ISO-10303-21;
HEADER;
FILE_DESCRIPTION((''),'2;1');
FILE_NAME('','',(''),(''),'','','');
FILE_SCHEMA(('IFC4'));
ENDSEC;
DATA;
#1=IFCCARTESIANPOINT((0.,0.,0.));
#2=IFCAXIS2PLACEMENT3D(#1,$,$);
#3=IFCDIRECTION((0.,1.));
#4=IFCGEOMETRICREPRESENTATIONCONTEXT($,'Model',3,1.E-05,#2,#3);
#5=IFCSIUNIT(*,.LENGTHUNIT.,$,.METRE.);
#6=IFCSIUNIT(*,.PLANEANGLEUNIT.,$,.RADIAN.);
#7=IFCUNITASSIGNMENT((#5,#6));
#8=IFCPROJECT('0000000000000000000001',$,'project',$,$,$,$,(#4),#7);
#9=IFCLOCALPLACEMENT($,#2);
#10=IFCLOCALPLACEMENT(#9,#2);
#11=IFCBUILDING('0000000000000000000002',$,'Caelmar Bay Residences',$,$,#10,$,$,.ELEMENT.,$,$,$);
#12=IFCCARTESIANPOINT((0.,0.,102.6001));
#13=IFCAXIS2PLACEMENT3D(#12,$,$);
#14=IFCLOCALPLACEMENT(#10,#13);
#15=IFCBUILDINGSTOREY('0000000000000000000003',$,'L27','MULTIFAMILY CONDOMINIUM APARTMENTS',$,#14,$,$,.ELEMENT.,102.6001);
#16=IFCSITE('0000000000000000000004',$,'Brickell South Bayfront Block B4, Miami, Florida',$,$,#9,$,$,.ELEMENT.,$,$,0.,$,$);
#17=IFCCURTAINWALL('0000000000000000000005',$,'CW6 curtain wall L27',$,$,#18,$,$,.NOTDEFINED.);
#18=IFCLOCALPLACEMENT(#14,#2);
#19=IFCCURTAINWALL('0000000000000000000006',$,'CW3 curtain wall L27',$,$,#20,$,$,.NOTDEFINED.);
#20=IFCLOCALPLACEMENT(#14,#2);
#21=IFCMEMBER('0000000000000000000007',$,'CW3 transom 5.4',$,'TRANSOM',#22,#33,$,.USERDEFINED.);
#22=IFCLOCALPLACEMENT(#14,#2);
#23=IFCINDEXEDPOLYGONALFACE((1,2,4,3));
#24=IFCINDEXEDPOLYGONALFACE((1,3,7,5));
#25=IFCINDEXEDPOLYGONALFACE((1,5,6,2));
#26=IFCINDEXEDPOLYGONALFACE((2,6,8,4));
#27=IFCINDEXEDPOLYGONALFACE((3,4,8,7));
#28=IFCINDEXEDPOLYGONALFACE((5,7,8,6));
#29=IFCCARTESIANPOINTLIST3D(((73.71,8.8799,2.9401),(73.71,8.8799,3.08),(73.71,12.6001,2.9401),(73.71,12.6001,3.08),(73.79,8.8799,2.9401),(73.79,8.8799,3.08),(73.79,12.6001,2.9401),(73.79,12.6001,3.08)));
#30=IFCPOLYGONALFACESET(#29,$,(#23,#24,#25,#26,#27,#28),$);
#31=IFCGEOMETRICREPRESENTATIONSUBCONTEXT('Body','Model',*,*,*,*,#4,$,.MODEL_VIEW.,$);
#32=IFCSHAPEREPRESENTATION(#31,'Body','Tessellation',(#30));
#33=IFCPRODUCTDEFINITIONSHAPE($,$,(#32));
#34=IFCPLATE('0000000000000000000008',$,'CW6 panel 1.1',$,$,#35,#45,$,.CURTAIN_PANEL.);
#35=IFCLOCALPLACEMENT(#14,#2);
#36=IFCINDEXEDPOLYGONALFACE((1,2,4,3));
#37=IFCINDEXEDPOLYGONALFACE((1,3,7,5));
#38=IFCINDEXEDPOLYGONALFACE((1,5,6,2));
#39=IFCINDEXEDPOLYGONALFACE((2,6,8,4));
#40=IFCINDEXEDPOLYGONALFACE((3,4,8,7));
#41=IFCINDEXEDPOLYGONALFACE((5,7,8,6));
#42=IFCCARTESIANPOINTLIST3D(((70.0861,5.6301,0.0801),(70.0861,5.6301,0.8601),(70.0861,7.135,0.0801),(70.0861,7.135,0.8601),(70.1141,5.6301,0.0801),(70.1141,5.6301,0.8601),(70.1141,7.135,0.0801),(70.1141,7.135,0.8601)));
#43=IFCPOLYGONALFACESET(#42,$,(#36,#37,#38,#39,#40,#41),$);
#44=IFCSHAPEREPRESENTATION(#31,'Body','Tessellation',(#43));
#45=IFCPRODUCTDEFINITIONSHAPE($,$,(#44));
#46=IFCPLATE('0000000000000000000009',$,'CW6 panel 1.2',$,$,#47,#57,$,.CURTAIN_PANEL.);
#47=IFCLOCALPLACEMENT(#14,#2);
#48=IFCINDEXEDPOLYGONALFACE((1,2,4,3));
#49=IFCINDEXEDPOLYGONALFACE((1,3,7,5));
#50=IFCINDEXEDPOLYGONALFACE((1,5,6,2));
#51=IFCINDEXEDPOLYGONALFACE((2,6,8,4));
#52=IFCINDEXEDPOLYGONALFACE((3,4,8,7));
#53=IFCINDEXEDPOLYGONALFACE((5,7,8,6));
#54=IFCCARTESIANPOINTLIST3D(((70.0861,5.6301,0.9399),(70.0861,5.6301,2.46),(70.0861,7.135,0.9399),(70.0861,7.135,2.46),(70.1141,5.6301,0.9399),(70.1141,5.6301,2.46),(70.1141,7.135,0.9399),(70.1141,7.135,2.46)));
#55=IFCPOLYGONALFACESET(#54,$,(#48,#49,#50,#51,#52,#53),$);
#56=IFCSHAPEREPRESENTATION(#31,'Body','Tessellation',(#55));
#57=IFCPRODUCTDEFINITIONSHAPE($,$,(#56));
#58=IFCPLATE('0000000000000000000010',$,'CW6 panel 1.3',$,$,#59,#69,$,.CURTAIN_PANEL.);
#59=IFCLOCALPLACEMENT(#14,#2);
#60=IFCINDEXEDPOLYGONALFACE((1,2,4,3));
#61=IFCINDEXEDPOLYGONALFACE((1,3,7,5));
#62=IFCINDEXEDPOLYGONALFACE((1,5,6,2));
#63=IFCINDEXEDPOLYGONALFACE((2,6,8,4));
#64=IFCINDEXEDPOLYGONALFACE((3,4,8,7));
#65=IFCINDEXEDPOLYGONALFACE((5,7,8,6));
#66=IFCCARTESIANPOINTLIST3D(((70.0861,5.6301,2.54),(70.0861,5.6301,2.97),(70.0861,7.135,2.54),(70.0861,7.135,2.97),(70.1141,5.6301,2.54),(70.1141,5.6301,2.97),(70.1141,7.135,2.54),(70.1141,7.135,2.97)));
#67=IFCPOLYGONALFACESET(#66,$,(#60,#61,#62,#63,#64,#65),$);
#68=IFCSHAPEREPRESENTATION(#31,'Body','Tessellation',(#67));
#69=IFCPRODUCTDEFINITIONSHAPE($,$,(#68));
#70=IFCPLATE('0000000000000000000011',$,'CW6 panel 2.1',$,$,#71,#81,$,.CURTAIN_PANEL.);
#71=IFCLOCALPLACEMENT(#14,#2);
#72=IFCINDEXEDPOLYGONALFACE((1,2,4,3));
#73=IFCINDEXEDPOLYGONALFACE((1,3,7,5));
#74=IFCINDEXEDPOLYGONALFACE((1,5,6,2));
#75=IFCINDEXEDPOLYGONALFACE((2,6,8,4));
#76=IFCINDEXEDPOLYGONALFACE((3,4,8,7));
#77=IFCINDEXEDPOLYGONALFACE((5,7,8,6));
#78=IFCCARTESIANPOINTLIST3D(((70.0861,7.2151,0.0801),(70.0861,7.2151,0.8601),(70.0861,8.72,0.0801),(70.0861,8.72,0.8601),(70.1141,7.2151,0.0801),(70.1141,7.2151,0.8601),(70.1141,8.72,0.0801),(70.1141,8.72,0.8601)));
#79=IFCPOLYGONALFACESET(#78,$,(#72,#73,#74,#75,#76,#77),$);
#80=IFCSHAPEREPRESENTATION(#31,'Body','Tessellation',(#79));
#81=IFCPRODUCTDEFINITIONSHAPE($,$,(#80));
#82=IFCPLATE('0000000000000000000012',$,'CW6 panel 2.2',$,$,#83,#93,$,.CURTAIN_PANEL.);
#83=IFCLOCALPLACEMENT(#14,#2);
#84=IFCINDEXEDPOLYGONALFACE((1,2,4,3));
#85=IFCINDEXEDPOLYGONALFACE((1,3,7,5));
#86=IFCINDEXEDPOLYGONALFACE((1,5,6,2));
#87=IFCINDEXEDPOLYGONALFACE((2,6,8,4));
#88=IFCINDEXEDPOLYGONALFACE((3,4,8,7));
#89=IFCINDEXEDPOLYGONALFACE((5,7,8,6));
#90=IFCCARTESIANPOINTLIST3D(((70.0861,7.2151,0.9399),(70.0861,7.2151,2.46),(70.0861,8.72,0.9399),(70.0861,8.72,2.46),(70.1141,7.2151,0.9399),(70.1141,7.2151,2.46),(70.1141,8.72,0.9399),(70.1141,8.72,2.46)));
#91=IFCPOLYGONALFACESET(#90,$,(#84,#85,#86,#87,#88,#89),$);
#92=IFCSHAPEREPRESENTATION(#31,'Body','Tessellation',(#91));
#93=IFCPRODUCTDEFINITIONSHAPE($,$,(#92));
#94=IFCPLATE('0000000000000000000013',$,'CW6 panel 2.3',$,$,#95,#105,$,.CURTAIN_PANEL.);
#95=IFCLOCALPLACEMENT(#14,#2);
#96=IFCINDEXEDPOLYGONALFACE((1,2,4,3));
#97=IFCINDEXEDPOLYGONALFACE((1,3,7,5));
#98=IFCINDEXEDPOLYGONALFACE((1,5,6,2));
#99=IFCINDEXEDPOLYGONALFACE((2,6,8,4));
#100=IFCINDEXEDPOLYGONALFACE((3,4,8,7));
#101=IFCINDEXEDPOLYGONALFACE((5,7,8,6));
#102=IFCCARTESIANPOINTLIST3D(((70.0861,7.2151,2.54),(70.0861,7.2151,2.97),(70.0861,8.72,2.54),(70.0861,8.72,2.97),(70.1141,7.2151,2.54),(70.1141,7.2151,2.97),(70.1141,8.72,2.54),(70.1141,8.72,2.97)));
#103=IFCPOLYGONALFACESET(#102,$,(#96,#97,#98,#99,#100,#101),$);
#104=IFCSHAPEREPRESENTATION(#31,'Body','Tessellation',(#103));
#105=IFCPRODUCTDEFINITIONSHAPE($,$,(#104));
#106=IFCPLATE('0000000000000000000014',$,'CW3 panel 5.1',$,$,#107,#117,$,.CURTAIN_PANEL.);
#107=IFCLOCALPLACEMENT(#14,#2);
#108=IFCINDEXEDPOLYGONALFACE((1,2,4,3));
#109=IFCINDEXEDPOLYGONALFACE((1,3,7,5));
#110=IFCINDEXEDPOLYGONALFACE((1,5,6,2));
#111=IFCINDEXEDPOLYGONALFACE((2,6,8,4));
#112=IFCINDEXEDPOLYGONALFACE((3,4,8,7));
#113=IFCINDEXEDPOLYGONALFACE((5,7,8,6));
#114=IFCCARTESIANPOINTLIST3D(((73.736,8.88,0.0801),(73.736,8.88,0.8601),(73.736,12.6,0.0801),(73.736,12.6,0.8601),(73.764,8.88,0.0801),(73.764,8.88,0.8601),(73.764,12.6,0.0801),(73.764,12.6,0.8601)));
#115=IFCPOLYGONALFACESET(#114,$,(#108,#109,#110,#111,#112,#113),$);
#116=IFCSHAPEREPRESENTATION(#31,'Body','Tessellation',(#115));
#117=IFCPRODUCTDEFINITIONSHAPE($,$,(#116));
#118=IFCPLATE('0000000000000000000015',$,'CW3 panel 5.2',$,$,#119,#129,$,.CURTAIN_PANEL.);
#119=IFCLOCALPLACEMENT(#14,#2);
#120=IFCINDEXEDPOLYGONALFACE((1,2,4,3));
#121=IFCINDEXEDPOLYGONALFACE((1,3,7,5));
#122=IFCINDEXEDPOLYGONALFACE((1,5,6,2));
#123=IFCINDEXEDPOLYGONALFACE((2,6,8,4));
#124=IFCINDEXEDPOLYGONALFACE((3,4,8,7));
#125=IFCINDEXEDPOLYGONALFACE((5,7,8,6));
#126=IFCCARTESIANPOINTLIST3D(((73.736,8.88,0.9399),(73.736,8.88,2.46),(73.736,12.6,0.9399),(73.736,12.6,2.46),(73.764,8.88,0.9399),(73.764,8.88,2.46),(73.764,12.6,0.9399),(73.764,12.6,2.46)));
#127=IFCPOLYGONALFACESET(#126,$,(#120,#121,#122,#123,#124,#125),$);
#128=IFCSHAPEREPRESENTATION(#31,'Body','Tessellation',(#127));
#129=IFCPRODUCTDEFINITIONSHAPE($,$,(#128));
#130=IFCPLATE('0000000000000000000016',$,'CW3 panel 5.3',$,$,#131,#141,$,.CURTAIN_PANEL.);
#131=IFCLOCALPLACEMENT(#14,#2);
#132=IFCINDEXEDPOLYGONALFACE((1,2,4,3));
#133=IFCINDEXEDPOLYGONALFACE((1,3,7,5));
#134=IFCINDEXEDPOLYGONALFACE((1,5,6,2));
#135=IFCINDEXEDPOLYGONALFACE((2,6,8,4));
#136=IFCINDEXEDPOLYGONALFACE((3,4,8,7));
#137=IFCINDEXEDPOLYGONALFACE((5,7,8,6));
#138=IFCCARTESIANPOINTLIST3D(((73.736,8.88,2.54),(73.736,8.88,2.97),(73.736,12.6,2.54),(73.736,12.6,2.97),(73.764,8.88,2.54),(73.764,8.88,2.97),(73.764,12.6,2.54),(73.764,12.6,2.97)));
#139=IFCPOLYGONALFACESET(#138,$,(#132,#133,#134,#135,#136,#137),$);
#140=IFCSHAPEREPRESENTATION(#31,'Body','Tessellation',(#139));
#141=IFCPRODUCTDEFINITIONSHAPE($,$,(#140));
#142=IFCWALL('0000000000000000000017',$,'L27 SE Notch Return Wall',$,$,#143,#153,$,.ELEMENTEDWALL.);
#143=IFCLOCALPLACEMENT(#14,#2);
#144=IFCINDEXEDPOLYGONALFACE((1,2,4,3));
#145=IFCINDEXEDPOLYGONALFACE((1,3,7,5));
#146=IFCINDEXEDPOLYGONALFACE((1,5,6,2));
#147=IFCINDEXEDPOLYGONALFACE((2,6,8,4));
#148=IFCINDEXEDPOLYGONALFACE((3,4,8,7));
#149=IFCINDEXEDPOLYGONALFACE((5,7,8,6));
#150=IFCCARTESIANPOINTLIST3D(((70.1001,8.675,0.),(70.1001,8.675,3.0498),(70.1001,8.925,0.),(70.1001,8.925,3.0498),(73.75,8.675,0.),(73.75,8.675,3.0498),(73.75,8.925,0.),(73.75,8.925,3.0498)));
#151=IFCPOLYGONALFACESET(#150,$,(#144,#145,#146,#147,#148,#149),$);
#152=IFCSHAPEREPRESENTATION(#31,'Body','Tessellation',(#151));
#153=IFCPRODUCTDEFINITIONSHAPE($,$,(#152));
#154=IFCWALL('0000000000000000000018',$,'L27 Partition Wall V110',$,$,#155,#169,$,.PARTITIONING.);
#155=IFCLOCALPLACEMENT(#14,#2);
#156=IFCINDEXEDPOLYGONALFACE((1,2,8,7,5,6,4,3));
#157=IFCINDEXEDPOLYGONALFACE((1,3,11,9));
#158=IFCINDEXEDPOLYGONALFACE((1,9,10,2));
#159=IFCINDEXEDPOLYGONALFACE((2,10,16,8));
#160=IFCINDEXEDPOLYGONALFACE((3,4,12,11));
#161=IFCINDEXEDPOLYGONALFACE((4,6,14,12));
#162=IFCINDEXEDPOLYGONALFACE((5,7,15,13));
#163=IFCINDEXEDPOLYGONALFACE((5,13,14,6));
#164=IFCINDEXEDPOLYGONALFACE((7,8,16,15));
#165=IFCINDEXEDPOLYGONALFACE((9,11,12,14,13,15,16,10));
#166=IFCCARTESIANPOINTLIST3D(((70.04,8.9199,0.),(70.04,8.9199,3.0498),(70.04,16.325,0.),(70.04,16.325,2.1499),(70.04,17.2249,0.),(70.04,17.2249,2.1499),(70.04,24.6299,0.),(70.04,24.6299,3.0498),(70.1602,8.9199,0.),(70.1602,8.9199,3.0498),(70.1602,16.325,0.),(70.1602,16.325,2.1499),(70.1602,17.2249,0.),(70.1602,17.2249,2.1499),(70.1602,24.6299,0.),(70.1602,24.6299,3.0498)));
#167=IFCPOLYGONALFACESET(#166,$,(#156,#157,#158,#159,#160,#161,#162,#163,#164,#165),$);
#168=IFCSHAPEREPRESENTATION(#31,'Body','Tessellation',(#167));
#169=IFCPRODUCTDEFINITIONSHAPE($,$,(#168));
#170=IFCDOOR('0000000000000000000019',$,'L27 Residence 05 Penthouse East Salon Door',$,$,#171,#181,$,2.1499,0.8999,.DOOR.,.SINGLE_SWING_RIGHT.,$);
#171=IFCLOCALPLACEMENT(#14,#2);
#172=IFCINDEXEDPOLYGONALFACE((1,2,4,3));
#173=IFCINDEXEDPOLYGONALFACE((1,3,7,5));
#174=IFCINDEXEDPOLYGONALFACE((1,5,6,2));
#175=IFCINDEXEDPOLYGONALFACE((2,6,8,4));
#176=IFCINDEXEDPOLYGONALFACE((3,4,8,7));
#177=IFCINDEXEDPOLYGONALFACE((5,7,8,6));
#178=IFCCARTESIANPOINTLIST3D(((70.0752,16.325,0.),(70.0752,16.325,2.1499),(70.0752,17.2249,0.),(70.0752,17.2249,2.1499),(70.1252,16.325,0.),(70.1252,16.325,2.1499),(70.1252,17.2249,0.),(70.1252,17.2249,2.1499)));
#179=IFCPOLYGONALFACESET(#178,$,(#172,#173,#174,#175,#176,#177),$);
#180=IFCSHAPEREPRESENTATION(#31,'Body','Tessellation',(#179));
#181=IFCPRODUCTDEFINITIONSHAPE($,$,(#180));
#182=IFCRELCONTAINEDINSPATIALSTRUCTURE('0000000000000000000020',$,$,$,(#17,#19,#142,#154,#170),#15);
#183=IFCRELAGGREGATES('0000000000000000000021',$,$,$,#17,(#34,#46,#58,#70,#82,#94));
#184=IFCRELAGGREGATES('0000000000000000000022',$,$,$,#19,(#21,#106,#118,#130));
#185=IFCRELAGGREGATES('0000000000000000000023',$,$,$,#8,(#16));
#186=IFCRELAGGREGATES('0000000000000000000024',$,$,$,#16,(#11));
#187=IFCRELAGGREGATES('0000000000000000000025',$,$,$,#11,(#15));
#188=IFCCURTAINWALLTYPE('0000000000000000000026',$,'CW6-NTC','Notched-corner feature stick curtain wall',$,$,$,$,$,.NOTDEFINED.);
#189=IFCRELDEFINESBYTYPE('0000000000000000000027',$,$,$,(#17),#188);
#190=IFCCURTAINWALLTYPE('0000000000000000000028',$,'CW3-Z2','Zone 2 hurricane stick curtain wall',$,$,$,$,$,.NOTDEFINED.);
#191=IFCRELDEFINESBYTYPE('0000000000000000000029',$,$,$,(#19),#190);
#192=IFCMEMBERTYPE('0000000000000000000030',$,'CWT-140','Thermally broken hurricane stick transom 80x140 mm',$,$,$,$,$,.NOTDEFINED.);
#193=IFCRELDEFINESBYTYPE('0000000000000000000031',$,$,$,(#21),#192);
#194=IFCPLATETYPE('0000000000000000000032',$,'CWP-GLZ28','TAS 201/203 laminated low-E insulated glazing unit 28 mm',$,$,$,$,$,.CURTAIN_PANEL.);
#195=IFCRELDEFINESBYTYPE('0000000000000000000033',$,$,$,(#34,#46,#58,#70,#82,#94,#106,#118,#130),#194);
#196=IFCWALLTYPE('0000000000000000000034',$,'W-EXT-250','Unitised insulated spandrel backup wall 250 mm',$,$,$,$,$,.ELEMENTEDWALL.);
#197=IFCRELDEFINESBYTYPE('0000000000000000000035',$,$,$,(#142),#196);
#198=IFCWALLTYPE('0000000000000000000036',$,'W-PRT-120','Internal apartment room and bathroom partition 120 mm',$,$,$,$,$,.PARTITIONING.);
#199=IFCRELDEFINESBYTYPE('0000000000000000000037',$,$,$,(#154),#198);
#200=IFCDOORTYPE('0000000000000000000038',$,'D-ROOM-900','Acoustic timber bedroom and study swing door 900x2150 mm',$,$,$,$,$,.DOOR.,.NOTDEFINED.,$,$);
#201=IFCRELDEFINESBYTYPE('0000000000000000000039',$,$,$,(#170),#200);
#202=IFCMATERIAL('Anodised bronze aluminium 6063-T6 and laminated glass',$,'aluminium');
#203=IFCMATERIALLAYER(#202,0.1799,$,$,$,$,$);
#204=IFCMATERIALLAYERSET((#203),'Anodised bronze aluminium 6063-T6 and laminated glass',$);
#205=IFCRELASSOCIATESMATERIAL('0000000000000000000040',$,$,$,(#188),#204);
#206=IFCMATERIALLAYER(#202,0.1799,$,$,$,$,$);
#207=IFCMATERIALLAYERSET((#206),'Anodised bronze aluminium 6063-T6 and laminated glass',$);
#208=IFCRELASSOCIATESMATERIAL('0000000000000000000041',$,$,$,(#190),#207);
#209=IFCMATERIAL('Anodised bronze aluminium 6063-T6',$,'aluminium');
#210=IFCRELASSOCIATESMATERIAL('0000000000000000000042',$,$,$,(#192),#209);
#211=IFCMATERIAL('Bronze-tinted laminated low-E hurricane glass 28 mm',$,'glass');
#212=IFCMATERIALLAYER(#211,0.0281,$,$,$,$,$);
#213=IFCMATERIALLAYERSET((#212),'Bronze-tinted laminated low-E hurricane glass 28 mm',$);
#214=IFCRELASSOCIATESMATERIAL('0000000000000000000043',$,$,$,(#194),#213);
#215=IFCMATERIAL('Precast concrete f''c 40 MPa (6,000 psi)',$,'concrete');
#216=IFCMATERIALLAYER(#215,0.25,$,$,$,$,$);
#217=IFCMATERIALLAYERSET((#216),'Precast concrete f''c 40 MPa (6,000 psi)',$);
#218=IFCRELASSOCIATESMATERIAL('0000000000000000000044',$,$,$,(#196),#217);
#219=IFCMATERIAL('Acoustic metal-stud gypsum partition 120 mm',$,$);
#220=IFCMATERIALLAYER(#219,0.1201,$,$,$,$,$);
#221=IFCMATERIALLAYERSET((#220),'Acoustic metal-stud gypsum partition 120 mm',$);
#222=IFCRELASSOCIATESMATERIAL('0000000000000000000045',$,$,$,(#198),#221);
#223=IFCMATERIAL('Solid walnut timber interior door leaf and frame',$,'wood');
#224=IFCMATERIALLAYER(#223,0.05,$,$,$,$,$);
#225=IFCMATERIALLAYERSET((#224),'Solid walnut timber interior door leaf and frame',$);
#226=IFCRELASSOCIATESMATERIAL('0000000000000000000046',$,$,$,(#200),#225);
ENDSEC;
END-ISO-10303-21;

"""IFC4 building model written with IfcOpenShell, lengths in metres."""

from ifc_helpers import new_model, si_unit, direction, frame, frame_2d, origin, origin_2d, place, context, subcontext, project, spatial, rectangle, extrude, material, layer, layer_set, material_profile, profile_set, type_object, element, fill, aggregate, save


model = new_model("IFC4")

# Units and contexts
model_context = context("Model", 3, precision=1e-05, world=origin(), true_north=direction((0.0, 1.0)))
body_context = subcontext(model_context, "Body", "Model", "MODEL_VIEW")
ifc_project = project(units=[si_unit("LENGTHUNIT", "METRE"), si_unit("PLANEANGLEUNIT", "RADIAN")], contexts=[model_context])

# Site, building, storey
site_placement = place(None, origin())
site = spatial("IfcSite", under=ifc_project, at=site_placement, Name="Brickell South Bayfront Block B4, Miami, Florida", CompositionType="ELEMENT", RefElevation=0.0)
building_placement = place(site_placement, origin())
building = spatial("IfcBuilding", under=site, at=building_placement, Name="Caelmar Bay Residences", CompositionType="ELEMENT")
storey_placement = place(building_placement, frame((0.0, 0.0, 102.6001)))
storey = spatial("IfcBuildingStorey", under=building, at=storey_placement, Name="L27", Description="MULTIFAMILY CONDOMINIUM APARTMENTS", CompositionType="ELEMENT", Elevation=102.6001)

# Curtain wall
ifc_material_1 = material(Name="Anodised bronze aluminium 6063-T6 and laminated glass", Category="aluminium")
ifc_layer_1 = layer(ifc_material_1, 0.1799)
ifc_layer_set_1 = layer_set([ifc_layer_1], Name="Anodised bronze aluminium 6063-T6 and laminated glass")
curtain_wall_type_1 = type_object("IfcCurtainWallType", Name="CW6-NTC", Description="Notched-corner feature stick curtain wall", PredefinedType="NOTDEFINED", material=ifc_layer_set_1)
curtain_wall_1_placement = place(storey_placement, origin())
curtain_wall_1 = element("IfcCurtainWall", 1, at=curtain_wall_1_placement, inside=storey, type_object=curtain_wall_type_1, Name="CW6 curtain wall L27", PredefinedType="NOTDEFINED")
ifc_material_2 = material(Name="Anodised bronze aluminium 6063-T6", Category="aluminium")

# Curtain wall
ifc_layer_2 = layer(ifc_material_1, 0.1799)
ifc_layer_set_2 = layer_set([ifc_layer_2], Name="Anodised bronze aluminium 6063-T6 and laminated glass")
curtain_wall_type_2 = type_object("IfcCurtainWallType", Name="CW3-Z2", Description="Zone 2 hurricane stick curtain wall", PredefinedType="NOTDEFINED", material=ifc_layer_set_2)
curtain_wall_2_placement = place(storey_placement, origin())
curtain_wall_2 = element("IfcCurtainWall", 2, at=curtain_wall_2_placement, inside=storey, type_object=curtain_wall_type_2, Name="CW3 curtain wall L27", PredefinedType="NOTDEFINED")

# Member
ifc_material_profile_1 = material_profile(ifc_material_2, rectangle(XDim=0.0801, YDim=0.1399, at=origin_2d()), Name="CWT-80X140")
ifc_profile_set_1 = profile_set([ifc_material_profile_1], Name="Anodised bronze aluminium 6063-T6")
member_type_1 = type_object("IfcMemberType", Name="CWT-140", Description="Thermally broken hurricane stick transom 80x140 mm", PredefinedType="NOTDEFINED", material=ifc_profile_set_1)
member_1_placement = place(storey_placement, frame((73.75, 12.6001, 3.01), z_axis=(0.0, -1.0, 0.0), x_axis=(1.0, 0.0, 0.0)))
member_1 = element("IfcMember", 3, at=member_1_placement, type_object=member_type_1, Name="CW3 transom 5.4", ObjectType="TRANSOM", PredefinedType="USERDEFINED", context=body_context, shape_type="SweptSolid", body=[
    extrude(rectangle(XDim=0.0801, YDim=0.1399, at=origin_2d()), origin(), (0.0, 0.0, 1.0), 3.7202),
])

# Plates
ifc_material_3 = material(Name="Bronze-tinted laminated low-E hurricane glass 28 mm", Category="glass")
ifc_layer_3 = layer(ifc_material_3, 0.0281)
ifc_layer_set_3 = layer_set([ifc_layer_3], Name="Bronze-tinted laminated low-E hurricane glass 28 mm")
plate_type = type_object("IfcPlateType", Name="CWP-GLZ28", Description="TAS 201/203 laminated low-E insulated glazing unit 28 mm", PredefinedType="CURTAIN_PANEL", material=ifc_layer_set_3)
plate_1_placement = place(storey_placement, frame((70.1001, 6.3826, 0.0801), z_axis=(0.0, 0.0, 1.0), x_axis=(0.0, 1.0, 0.0)))
plate_1 = element("IfcPlate", 4, at=plate_1_placement, type_object=plate_type, Name="CW6 panel 1.1", PredefinedType="CURTAIN_PANEL", context=body_context, shape_type="SweptSolid", body=[
    extrude(rectangle(XDim=1.5049, YDim=0.0281, at=origin_2d()), origin(), (0.0, 0.0, 1.0), 0.78),
])
plate_2_placement = place(storey_placement, frame((70.1001, 6.3826, 0.9399), z_axis=(0.0, 0.0, 1.0), x_axis=(0.0, 1.0, 0.0)))
plate_2 = element("IfcPlate", 5, at=plate_2_placement, type_object=plate_type, Name="CW6 panel 1.2", PredefinedType="CURTAIN_PANEL", context=body_context, shape_type="SweptSolid", body=[
    extrude(rectangle(XDim=1.5049, YDim=0.0281, at=origin_2d()), origin(), (0.0, 0.0, 1.0), 1.52),
])
plate_3_placement = place(storey_placement, frame((70.1001, 6.3826, 2.54), z_axis=(0.0, 0.0, 1.0), x_axis=(0.0, 1.0, 0.0)))
plate_3 = element("IfcPlate", 6, at=plate_3_placement, type_object=plate_type, Name="CW6 panel 1.3", PredefinedType="CURTAIN_PANEL", context=body_context, shape_type="SweptSolid", body=[
    extrude(rectangle(XDim=1.5049, YDim=0.0281, at=origin_2d()), origin(), (0.0, 0.0, 1.0), 0.4299),
])
plate_4_placement = place(storey_placement, frame((70.1001, 7.9675, 0.0801), z_axis=(0.0, 0.0, 1.0), x_axis=(0.0, 1.0, 0.0)))
plate_4 = element("IfcPlate", 7, at=plate_4_placement, type_object=plate_type, Name="CW6 panel 2.1", PredefinedType="CURTAIN_PANEL", context=body_context, shape_type="SweptSolid", body=[
    extrude(rectangle(XDim=1.5049, YDim=0.0281, at=origin_2d()), origin(), (0.0, 0.0, 1.0), 0.78),
])
plate_5_placement = place(storey_placement, frame((70.1001, 7.9675, 0.9399), z_axis=(0.0, 0.0, 1.0), x_axis=(0.0, 1.0, 0.0)))
plate_5 = element("IfcPlate", 8, at=plate_5_placement, type_object=plate_type, Name="CW6 panel 2.2", PredefinedType="CURTAIN_PANEL", context=body_context, shape_type="SweptSolid", body=[
    extrude(rectangle(XDim=1.5049, YDim=0.0281, at=origin_2d()), origin(), (0.0, 0.0, 1.0), 1.52),
])
plate_6_placement = place(storey_placement, frame((70.1001, 7.9675, 2.54), z_axis=(0.0, 0.0, 1.0), x_axis=(0.0, 1.0, 0.0)))
plate_6 = element("IfcPlate", 9, at=plate_6_placement, type_object=plate_type, Name="CW6 panel 2.3", PredefinedType="CURTAIN_PANEL", context=body_context, shape_type="SweptSolid", body=[
    extrude(rectangle(XDim=1.5049, YDim=0.0281, at=origin_2d()), origin(), (0.0, 0.0, 1.0), 0.4299),
])
aggregate(curtain_wall_1, [plate_1, plate_2, plate_3, plate_4, plate_5, plate_6])
plate_7_placement = place(storey_placement, frame((73.75, 10.74, 0.0801), z_axis=(0.0, 0.0, 1.0), x_axis=(0.0, -1.0, 0.0)))
plate_7 = element("IfcPlate", 10, at=plate_7_placement, type_object=plate_type, Name="CW3 panel 5.1", PredefinedType="CURTAIN_PANEL", context=body_context, shape_type="SweptSolid", body=[
    extrude(rectangle(XDim=3.72, YDim=0.0281, at=origin_2d()), origin(), (0.0, 0.0, 1.0), 0.78),
])
plate_8_placement = place(storey_placement, frame((73.75, 10.74, 0.9399), z_axis=(0.0, 0.0, 1.0), x_axis=(0.0, -1.0, 0.0)))
plate_8 = element("IfcPlate", 11, at=plate_8_placement, type_object=plate_type, Name="CW3 panel 5.2", PredefinedType="CURTAIN_PANEL", context=body_context, shape_type="SweptSolid", body=[
    extrude(rectangle(XDim=3.72, YDim=0.0281, at=origin_2d()), origin(), (0.0, 0.0, 1.0), 1.52),
])
plate_9_placement = place(storey_placement, frame((73.75, 10.74, 2.54), z_axis=(0.0, 0.0, 1.0), x_axis=(0.0, -1.0, 0.0)))
plate_9 = element("IfcPlate", 12, at=plate_9_placement, type_object=plate_type, Name="CW3 panel 5.3", PredefinedType="CURTAIN_PANEL", context=body_context, shape_type="SweptSolid", body=[
    extrude(rectangle(XDim=3.72, YDim=0.0281, at=origin_2d()), origin(), (0.0, 0.0, 1.0), 0.4299),
])
aggregate(curtain_wall_2, [member_1, plate_7, plate_8, plate_9])

# Wall
ifc_material_4 = material(Name="Precast concrete f'c 40 MPa (6,000 psi)", Category="concrete")
ifc_layer_4 = layer(ifc_material_4, 0.25)
ifc_layer_set_4 = layer_set([ifc_layer_4], Name="Precast concrete f'c 40 MPa (6,000 psi)")
wall_type_1 = type_object("IfcWallType", Name="W-EXT-250", Description="Unitised insulated spandrel backup wall 250 mm", PredefinedType="ELEMENTEDWALL", material=ifc_layer_set_4)
wall_1_placement = place(storey_placement, frame((70.1001, 8.8, 0.0), z_axis=(0.0, 0.0, 1.0), x_axis=(1.0, 0.0, 0.0)))
element("IfcWall", 13, at=wall_1_placement, inside=storey, type_object=wall_type_1, Name="L27 SE Notch Return Wall", PredefinedType="ELEMENTEDWALL", context=body_context, shape_type="SweptSolid", body=[
    extrude(rectangle(XDim=3.6499, YDim=0.25, at=frame_2d((1.825, 0.0))), origin(), (0.0, 0.0, 1.0), 3.0498),
])

# Wall, opening, door
ifc_material_5 = material(Name="Acoustic metal-stud gypsum partition 120 mm")
ifc_layer_5 = layer(ifc_material_5, 0.1201)
ifc_layer_set_5 = layer_set([ifc_layer_5], Name="Acoustic metal-stud gypsum partition 120 mm")
wall_type_2 = type_object("IfcWallType", Name="W-PRT-120", Description="Internal apartment room and bathroom partition 120 mm", PredefinedType="PARTITIONING", material=ifc_layer_set_5)
wall_2_placement = place(storey_placement, frame((70.1001, 8.9199, 0.0), z_axis=(0.0, 0.0, 1.0), x_axis=(0.0, 1.0, 0.0)))
wall_2 = element("IfcWall", 14, at=wall_2_placement, inside=storey, type_object=wall_type_2, Name="L27 Partition Wall V110", PredefinedType="PARTITIONING", context=body_context, shape_type="SweptSolid", body=[
    extrude(rectangle(XDim=15.71, YDim=0.1201, at=frame_2d((7.855, 0.0))), origin(), (0.0, 0.0, 1.0), 3.0498),
])
opening_placement = place(wall_2_placement, frame((7.405, 0.0, 0.0)))
opening = element("IfcOpeningElement", 15, at=opening_placement, cuts=wall_2, PredefinedType="OPENING", context=body_context, shape_type="SweptSolid", body=[
    extrude(rectangle(XDim=0.8999, YDim=2.1499, at=frame_2d((0.45, 1.075))), frame((0.0, 0.0701, 0.0), z_axis=(0.0, -1.0, 0.0), x_axis=(1.0, 0.0, 0.0)), (0.0, 0.0, 1.0), 0.1401),
])
ifc_material_6 = material(Name="Solid walnut timber interior door leaf and frame", Category="wood")
ifc_layer_6 = layer(ifc_material_6, 0.05)
ifc_layer_set_6 = layer_set([ifc_layer_6], Name="Solid walnut timber interior door leaf and frame")
door_type = type_object("IfcDoorType", Name="D-ROOM-900", Description="Acoustic timber bedroom and study swing door 900x2150 mm", OperationType="NOTDEFINED", PredefinedType="DOOR", material=ifc_layer_set_6)
door_placement = place(opening_placement, origin())
door = element("IfcDoor", 16, at=door_placement, inside=storey, type_object=door_type, Name="L27 Residence 05 Penthouse East Salon Door", OperationType="SINGLE_SWING_RIGHT", OverallHeight=2.1499, OverallWidth=0.8999, PredefinedType="DOOR", context=body_context, shape_type="SweptSolid", body=[
    extrude(rectangle(XDim=0.8999, YDim=2.1499, at=frame_2d((0.45, 1.075))), frame((0.0, 0.0249, 0.0), z_axis=(0.0, -1.0, 0.0), x_axis=(1.0, 0.0, 0.0)), (0.0, 0.0, 1.0), 0.05),
])
fill(opening, door)

save(model, "model.ifc")
